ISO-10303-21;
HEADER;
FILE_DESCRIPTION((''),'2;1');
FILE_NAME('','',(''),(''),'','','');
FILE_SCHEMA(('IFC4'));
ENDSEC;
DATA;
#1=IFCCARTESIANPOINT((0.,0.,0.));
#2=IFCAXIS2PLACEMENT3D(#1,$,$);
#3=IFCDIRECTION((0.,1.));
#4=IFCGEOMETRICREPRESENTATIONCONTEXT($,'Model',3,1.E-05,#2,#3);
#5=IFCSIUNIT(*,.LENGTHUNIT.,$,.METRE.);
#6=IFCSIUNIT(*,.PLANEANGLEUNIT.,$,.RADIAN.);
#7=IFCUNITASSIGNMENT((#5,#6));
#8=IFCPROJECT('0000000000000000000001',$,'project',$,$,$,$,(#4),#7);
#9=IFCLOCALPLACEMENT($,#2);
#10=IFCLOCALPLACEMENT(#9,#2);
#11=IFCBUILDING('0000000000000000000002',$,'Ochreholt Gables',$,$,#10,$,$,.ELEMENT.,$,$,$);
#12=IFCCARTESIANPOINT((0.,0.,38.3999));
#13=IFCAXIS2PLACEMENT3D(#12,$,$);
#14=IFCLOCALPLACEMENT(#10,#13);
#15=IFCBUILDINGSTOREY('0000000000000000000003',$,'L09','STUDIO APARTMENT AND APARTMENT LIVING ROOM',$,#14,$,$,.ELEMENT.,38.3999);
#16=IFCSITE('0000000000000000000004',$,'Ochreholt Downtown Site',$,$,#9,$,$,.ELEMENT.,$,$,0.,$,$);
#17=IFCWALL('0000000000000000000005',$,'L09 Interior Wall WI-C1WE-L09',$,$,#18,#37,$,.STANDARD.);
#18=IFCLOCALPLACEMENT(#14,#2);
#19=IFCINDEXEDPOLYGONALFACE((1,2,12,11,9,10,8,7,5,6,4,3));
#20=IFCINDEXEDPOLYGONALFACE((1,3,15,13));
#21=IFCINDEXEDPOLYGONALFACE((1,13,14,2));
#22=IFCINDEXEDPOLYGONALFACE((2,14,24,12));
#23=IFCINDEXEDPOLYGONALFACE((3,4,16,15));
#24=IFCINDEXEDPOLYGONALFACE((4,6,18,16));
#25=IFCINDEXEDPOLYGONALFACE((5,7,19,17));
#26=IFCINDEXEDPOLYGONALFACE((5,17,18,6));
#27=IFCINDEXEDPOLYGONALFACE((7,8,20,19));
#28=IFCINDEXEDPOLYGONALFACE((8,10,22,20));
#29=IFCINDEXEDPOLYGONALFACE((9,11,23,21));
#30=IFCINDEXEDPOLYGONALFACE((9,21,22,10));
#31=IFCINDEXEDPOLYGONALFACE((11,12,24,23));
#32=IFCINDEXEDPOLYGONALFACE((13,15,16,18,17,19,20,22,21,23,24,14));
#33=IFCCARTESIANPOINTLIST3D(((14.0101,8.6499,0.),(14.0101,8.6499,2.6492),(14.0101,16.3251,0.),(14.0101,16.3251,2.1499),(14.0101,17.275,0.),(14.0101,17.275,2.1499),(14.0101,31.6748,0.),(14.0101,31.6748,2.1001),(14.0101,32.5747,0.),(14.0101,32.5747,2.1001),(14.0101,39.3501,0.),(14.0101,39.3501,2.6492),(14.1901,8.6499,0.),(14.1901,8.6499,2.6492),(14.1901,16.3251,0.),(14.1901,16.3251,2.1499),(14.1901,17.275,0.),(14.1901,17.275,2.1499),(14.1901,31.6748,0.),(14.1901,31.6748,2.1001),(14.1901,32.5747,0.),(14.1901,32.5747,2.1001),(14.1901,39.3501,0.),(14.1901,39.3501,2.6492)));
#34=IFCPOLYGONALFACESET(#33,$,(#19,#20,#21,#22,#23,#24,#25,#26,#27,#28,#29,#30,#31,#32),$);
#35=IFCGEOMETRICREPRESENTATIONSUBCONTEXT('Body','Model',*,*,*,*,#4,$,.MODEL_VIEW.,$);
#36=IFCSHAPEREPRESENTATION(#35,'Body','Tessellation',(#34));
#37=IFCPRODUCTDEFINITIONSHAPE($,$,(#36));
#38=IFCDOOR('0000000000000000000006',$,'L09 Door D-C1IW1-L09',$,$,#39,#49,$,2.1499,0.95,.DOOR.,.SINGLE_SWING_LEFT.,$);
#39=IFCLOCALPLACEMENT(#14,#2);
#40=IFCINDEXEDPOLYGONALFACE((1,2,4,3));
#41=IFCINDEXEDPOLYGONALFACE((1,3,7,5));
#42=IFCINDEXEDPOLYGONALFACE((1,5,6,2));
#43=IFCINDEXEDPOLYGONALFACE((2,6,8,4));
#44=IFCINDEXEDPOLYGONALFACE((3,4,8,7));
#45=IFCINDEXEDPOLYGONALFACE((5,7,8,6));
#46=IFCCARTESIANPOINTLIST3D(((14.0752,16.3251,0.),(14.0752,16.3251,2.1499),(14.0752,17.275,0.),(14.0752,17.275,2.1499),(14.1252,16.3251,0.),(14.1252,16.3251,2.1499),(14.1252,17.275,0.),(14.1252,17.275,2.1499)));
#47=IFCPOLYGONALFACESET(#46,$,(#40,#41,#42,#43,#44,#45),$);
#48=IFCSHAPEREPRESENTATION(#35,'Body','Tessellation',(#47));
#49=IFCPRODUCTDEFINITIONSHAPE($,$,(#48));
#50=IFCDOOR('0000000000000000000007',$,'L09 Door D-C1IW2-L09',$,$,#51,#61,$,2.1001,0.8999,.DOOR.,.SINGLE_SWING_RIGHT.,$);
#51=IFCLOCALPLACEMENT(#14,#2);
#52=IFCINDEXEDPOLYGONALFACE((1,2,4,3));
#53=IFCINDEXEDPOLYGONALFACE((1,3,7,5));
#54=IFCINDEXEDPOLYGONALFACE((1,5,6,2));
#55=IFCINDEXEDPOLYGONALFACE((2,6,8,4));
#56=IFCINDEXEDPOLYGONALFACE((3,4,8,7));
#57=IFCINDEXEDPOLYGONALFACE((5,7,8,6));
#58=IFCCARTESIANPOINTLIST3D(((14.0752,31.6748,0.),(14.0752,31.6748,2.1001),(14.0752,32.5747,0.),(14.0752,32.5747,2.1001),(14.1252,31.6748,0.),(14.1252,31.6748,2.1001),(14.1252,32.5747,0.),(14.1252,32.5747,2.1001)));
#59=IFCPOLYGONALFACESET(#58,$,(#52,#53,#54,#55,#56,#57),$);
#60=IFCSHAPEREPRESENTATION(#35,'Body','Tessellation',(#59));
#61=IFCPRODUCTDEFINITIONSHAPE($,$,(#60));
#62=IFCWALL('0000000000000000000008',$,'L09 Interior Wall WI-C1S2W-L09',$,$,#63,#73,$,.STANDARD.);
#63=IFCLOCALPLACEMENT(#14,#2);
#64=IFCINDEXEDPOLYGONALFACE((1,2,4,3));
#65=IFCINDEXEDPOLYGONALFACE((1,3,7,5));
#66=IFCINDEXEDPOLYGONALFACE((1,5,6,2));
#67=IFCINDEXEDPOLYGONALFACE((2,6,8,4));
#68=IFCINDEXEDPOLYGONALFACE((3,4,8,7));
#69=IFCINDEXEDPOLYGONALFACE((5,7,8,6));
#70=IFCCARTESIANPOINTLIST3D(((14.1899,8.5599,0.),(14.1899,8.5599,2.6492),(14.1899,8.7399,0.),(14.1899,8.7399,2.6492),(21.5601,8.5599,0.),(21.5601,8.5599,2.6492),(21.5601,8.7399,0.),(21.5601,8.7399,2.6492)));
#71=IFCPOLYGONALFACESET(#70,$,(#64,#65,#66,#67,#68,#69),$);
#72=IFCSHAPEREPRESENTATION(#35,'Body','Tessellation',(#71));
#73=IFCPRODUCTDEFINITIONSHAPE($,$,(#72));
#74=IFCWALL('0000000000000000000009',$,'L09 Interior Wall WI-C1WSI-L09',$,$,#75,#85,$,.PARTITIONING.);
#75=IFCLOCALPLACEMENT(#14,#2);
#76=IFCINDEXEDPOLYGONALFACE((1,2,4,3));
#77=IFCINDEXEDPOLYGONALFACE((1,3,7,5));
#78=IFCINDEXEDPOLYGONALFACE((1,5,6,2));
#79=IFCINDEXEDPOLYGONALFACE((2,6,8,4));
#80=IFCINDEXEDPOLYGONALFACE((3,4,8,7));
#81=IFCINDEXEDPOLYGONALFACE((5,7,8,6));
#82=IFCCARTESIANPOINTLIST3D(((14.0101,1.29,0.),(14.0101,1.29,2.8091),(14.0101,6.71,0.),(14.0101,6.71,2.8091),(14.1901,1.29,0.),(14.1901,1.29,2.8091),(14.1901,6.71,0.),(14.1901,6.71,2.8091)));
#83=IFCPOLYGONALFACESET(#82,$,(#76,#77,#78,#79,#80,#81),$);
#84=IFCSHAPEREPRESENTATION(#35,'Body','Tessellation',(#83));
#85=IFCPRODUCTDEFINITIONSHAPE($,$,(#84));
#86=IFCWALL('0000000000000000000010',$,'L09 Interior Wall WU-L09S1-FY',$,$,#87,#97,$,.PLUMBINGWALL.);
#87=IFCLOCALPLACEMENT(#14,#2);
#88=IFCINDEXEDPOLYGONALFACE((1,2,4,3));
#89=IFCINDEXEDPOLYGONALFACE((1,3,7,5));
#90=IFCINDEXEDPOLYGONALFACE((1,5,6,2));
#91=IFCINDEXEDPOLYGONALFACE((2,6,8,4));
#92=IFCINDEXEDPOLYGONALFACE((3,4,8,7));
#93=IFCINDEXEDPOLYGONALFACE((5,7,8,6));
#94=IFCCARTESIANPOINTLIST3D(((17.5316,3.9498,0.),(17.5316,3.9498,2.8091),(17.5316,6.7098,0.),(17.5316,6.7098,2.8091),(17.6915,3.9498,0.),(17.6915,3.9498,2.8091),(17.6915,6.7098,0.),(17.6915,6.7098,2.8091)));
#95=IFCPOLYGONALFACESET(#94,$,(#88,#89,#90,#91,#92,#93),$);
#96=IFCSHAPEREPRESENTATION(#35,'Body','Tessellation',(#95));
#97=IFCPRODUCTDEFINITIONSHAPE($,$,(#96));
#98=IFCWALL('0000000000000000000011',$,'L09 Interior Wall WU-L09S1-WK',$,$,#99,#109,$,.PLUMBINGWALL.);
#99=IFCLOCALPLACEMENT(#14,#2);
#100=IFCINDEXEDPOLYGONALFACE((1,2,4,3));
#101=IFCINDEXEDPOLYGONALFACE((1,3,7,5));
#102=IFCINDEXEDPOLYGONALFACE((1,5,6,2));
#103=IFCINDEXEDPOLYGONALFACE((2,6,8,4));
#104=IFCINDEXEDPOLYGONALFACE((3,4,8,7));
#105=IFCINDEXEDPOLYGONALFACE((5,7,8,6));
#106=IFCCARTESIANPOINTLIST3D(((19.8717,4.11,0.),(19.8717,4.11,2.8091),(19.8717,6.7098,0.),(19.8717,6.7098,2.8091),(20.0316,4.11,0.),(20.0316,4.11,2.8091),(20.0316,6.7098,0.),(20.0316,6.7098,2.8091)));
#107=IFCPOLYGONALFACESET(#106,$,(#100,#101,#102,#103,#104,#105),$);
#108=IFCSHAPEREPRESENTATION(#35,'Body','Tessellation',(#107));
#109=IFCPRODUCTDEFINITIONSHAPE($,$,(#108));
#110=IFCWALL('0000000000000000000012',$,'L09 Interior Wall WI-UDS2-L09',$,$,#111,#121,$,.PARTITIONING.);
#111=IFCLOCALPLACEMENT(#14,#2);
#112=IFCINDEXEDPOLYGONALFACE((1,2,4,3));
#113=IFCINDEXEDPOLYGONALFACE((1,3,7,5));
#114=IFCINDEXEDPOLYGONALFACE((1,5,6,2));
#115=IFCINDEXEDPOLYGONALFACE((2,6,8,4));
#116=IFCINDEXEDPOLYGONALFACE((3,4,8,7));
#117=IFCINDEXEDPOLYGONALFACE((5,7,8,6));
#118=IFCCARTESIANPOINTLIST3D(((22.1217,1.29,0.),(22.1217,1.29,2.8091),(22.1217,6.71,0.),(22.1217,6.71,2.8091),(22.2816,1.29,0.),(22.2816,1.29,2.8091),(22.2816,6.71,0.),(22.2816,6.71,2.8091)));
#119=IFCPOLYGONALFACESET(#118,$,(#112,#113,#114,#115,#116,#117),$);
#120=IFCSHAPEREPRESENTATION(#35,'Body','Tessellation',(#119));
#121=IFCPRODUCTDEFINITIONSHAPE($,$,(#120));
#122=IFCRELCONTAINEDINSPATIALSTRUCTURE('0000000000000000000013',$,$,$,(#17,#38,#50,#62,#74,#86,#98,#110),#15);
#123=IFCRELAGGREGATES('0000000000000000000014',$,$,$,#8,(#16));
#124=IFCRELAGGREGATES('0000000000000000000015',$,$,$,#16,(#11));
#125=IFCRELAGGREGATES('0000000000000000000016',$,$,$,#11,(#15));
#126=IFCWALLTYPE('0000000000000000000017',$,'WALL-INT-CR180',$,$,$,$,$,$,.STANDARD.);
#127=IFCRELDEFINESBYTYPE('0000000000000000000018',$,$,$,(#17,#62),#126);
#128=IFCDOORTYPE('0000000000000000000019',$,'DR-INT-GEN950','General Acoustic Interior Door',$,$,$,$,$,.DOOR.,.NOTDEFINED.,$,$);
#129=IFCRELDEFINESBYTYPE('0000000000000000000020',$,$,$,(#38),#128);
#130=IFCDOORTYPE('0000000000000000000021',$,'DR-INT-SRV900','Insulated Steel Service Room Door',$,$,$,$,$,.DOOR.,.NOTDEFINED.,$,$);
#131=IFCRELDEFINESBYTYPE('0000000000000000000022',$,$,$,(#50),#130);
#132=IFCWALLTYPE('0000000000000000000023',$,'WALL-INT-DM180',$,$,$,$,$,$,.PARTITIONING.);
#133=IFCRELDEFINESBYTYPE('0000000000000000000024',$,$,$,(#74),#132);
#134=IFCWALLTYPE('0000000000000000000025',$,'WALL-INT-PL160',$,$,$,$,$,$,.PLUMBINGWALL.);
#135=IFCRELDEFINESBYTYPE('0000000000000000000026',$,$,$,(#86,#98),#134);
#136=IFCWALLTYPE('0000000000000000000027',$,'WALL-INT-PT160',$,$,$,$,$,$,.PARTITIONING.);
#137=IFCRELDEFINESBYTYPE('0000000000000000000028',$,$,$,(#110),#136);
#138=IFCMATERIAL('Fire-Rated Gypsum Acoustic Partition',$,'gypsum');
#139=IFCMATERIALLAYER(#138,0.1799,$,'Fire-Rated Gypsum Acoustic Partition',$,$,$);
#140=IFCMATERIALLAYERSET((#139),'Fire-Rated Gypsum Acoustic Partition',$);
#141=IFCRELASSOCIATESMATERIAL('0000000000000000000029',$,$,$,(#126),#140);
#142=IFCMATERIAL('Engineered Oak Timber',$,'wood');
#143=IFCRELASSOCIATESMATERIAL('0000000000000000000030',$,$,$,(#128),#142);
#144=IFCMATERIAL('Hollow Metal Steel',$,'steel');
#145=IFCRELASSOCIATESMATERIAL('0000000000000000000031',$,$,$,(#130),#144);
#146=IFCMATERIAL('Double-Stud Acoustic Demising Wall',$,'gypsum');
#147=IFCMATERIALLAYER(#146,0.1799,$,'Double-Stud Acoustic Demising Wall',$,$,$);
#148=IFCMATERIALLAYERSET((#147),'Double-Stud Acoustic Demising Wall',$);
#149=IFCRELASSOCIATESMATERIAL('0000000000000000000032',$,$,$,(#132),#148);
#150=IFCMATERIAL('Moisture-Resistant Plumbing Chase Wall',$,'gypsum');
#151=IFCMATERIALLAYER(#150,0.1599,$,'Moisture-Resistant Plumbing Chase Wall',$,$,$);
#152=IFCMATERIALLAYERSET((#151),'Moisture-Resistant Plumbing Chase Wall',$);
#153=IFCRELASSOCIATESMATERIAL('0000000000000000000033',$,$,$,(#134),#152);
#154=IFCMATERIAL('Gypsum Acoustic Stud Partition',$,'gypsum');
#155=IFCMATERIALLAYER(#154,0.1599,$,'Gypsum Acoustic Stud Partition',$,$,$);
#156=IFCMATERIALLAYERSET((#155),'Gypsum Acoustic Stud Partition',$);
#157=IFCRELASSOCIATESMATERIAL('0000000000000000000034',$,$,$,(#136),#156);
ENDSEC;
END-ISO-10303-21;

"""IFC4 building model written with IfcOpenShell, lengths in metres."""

from ifc_helpers import new_model, si_unit, direction, frame, frame_2d, origin, place, context, subcontext, project, spatial, rectangle, extrude, material, layer, layer_set, type_object, element, fill, save


model = new_model("IFC4")

# Units and contexts
model_context = context("Model", 3, precision=1e-05, world=origin(), true_north=direction((0.0, 1.0)))
body_context = subcontext(model_context, "Body", "Model", "MODEL_VIEW")
ifc_project = project(units=[si_unit("LENGTHUNIT", "METRE"), si_unit("PLANEANGLEUNIT", "RADIAN")], contexts=[model_context])

# Site, building, storey
site_placement = place(None, origin())
site = spatial("IfcSite", under=ifc_project, at=site_placement, Name="Ochreholt Downtown Site", CompositionType="ELEMENT", RefElevation=0.0)
building_placement = place(site_placement, origin())
building = spatial("IfcBuilding", under=site, at=building_placement, Name="Ochreholt Gables", CompositionType="ELEMENT")
storey_placement = place(building_placement, frame((0.0, 0.0, 38.3999)))
storey = spatial("IfcBuildingStorey", under=building, at=storey_placement, Name="L09", Description="STUDIO APARTMENT AND APARTMENT LIVING ROOM", CompositionType="ELEMENT", Elevation=38.3999)

# Shared definitions
ifc_material_1 = material(Name="Fire-Rated Gypsum Acoustic Partition", Category="gypsum")
ifc_layer_1 = layer(ifc_material_1, 0.1799, Name="Fire-Rated Gypsum Acoustic Partition")
ifc_layer_set_1 = layer_set([ifc_layer_1], Name="Fire-Rated Gypsum Acoustic Partition")
wall_type_1 = type_object("IfcWallType", Name="WALL-INT-CR180", PredefinedType="STANDARD", material=ifc_layer_set_1)

# Shared definitions
ifc_material_2 = material(Name="Engineered Oak Timber", Category="wood")
door_type_1 = type_object("IfcDoorType", Name="DR-INT-GEN950", Description="General Acoustic Interior Door", OperationType="NOTDEFINED", PredefinedType="DOOR", material=ifc_material_2)

# Wall, openings, doors
wall_1_placement = place(storey_placement, frame((14.1001, 8.6499, 0.0), z_axis=(0.0, 0.0, 1.0), x_axis=(0.0, 1.0, 0.0)))
wall_1 = element("IfcWall", 1, at=wall_1_placement, inside=storey, type_object=wall_type_1, Name="L09 Interior Wall WI-C1WE-L09", PredefinedType="STANDARD", context=body_context, shape_type="SweptSolid", body=[
    extrude(rectangle(XDim=30.7002, YDim=0.1799, at=frame_2d((15.3501, 0.0))), origin(), (0.0, 0.0, 1.0), 2.6492),
])
opening_1_placement = place(wall_1_placement, frame((7.675, 0.0, 0.0)))
opening_1 = element("IfcOpeningElement", 2, at=opening_1_placement, cuts=wall_1, PredefinedType="OPENING", context=body_context, shape_type="SweptSolid", body=[
    extrude(rectangle(XDim=0.95, YDim=2.1499, at=frame_2d((0.4751, 1.075))), frame((0.0, 0.0999, 0.0), z_axis=(0.0, -1.0, 0.0), x_axis=(1.0, 0.0, 0.0)), (0.0, 0.0, 1.0), 0.2),
])
opening_2_placement = place(wall_1_placement, frame((23.0249, 0.0, 0.0)))
opening_2 = element("IfcOpeningElement", 3, at=opening_2_placement, cuts=wall_1, PredefinedType="OPENING", context=body_context, shape_type="SweptSolid", body=[
    extrude(rectangle(XDim=0.8999, YDim=2.1001, at=frame_2d((0.45, 1.05))), frame((0.0, 0.0999, 0.0), z_axis=(0.0, -1.0, 0.0), x_axis=(1.0, 0.0, 0.0)), (0.0, 0.0, 1.0), 0.2),
])
door_1_placement = place(opening_1_placement, origin())
door_1 = element("IfcDoor", 4, at=door_1_placement, inside=storey, type_object=door_type_1, Name="L09 Door D-C1IW1-L09", OperationType="SINGLE_SWING_LEFT", OverallHeight=2.1499, OverallWidth=0.95, PredefinedType="DOOR", context=body_context, shape_type="SweptSolid", body=[
    extrude(rectangle(XDim=0.95, YDim=2.1499, at=frame_2d((0.4751, 1.075))), frame((0.0, 0.0249, 0.0), z_axis=(0.0, -1.0, 0.0), x_axis=(1.0, 0.0, 0.0)), (0.0, 0.0, 1.0), 0.05),
])
fill(opening_1, door_1)
ifc_material_3 = material(Name="Hollow Metal Steel", Category="steel")
door_type_2 = type_object("IfcDoorType", Name="DR-INT-SRV900", Description="Insulated Steel Service Room Door", OperationType="NOTDEFINED", PredefinedType="DOOR", material=ifc_material_3)
door_2_placement = place(opening_2_placement, origin())
door_2 = element("IfcDoor", 5, at=door_2_placement, inside=storey, type_object=door_type_2, Name="L09 Door D-C1IW2-L09", OperationType="SINGLE_SWING_RIGHT", OverallHeight=2.1001, OverallWidth=0.8999, PredefinedType="DOOR", context=body_context, shape_type="SweptSolid", body=[
    extrude(rectangle(XDim=0.8999, YDim=2.1001, at=frame_2d((0.45, 1.05))), frame((0.0, 0.0249, 0.0), z_axis=(0.0, -1.0, 0.0), x_axis=(1.0, 0.0, 0.0)), (0.0, 0.0, 1.0), 0.05),
])
fill(opening_2, door_2)

# Walls
wall_2_placement = place(storey_placement, frame((14.1899, 8.6499, 0.0), z_axis=(0.0, 0.0, 1.0), x_axis=(1.0, 0.0, 0.0)))
element("IfcWall", 6, at=wall_2_placement, inside=storey, type_object=wall_type_1, Name="L09 Interior Wall WI-C1S2W-L09", PredefinedType="STANDARD", context=body_context, shape_type="SweptSolid", body=[
    extrude(rectangle(XDim=7.3701, YDim=0.1799, at=frame_2d((3.6851, 0.0))), origin(), (0.0, 0.0, 1.0), 2.6492),
])
ifc_material_4 = material(Name="Double-Stud Acoustic Demising Wall", Category="gypsum")
ifc_layer_2 = layer(ifc_material_4, 0.1799, Name="Double-Stud Acoustic Demising Wall")
ifc_layer_set_2 = layer_set([ifc_layer_2], Name="Double-Stud Acoustic Demising Wall")
wall_type_2 = type_object("IfcWallType", Name="WALL-INT-DM180", PredefinedType="PARTITIONING", material=ifc_layer_set_2)
wall_3_placement = place(storey_placement, frame((14.1001, 1.29, 0.0), z_axis=(0.0, 0.0, 1.0), x_axis=(0.0, 1.0, 0.0)))
element("IfcWall", 7, at=wall_3_placement, inside=storey, type_object=wall_type_2, Name="L09 Interior Wall WI-C1WSI-L09", PredefinedType="PARTITIONING", context=body_context, shape_type="SweptSolid", body=[
    extrude(rectangle(XDim=5.4199, YDim=0.1799, at=frame_2d((2.71, 0.0))), origin(), (0.0, 0.0, 1.0), 2.8091),
])

# Shared definitions
ifc_material_5 = material(Name="Moisture-Resistant Plumbing Chase Wall", Category="gypsum")
ifc_layer_3 = layer(ifc_material_5, 0.1599, Name="Moisture-Resistant Plumbing Chase Wall")
ifc_layer_set_3 = layer_set([ifc_layer_3], Name="Moisture-Resistant Plumbing Chase Wall")
wall_type_3 = type_object("IfcWallType", Name="WALL-INT-PL160", PredefinedType="PLUMBINGWALL", material=ifc_layer_set_3)

# Walls
wall_4_placement = place(storey_placement, frame((17.6116, 3.95, 0.0), z_axis=(0.0, 0.0, 1.0), x_axis=(0.0, 1.0, 0.0)))
element("IfcWall", 8, at=wall_4_placement, inside=storey, type_object=wall_type_3, Name="L09 Interior Wall WU-L09S1-FY", PredefinedType="PLUMBINGWALL", context=body_context, shape_type="SweptSolid", body=[
    extrude(rectangle(XDim=2.76, YDim=0.1599, at=frame_2d((1.3799, 0.0))), origin(), (0.0, 0.0, 1.0), 2.8091),
])
wall_5_placement = place(storey_placement, frame((19.9517, 4.1101, 0.0), z_axis=(0.0, 0.0, 1.0), x_axis=(0.0, 1.0, 0.0)))
element("IfcWall", 9, at=wall_5_placement, inside=storey, type_object=wall_type_3, Name="L09 Interior Wall WU-L09S1-WK", PredefinedType="PLUMBINGWALL", context=body_context, shape_type="SweptSolid", body=[
    extrude(rectangle(XDim=2.5999, YDim=0.1599, at=frame_2d((1.2998, 0.0))), origin(), (0.0, 0.0, 1.0), 2.8091),
])
ifc_material_6 = material(Name="Gypsum Acoustic Stud Partition", Category="gypsum")
ifc_layer_4 = layer(ifc_material_6, 0.1599, Name="Gypsum Acoustic Stud Partition")
ifc_layer_set_4 = layer_set([ifc_layer_4], Name="Gypsum Acoustic Stud Partition")
wall_type_4 = type_object("IfcWallType", Name="WALL-INT-PT160", PredefinedType="PARTITIONING", material=ifc_layer_set_4)
wall_6_placement = place(storey_placement, frame((22.2017, 1.29, 0.0), z_axis=(0.0, 0.0, 1.0), x_axis=(0.0, 1.0, 0.0)))
element("IfcWall", 10, at=wall_6_placement, inside=storey, type_object=wall_type_4, Name="L09 Interior Wall WI-UDS2-L09", PredefinedType="PARTITIONING", context=body_context, shape_type="SweptSolid", body=[
    extrude(rectangle(XDim=5.4199, YDim=0.1599, at=frame_2d((2.71, 0.0))), origin(), (0.0, 0.0, 1.0), 2.8091),
])

save(model, "model.ifc")
